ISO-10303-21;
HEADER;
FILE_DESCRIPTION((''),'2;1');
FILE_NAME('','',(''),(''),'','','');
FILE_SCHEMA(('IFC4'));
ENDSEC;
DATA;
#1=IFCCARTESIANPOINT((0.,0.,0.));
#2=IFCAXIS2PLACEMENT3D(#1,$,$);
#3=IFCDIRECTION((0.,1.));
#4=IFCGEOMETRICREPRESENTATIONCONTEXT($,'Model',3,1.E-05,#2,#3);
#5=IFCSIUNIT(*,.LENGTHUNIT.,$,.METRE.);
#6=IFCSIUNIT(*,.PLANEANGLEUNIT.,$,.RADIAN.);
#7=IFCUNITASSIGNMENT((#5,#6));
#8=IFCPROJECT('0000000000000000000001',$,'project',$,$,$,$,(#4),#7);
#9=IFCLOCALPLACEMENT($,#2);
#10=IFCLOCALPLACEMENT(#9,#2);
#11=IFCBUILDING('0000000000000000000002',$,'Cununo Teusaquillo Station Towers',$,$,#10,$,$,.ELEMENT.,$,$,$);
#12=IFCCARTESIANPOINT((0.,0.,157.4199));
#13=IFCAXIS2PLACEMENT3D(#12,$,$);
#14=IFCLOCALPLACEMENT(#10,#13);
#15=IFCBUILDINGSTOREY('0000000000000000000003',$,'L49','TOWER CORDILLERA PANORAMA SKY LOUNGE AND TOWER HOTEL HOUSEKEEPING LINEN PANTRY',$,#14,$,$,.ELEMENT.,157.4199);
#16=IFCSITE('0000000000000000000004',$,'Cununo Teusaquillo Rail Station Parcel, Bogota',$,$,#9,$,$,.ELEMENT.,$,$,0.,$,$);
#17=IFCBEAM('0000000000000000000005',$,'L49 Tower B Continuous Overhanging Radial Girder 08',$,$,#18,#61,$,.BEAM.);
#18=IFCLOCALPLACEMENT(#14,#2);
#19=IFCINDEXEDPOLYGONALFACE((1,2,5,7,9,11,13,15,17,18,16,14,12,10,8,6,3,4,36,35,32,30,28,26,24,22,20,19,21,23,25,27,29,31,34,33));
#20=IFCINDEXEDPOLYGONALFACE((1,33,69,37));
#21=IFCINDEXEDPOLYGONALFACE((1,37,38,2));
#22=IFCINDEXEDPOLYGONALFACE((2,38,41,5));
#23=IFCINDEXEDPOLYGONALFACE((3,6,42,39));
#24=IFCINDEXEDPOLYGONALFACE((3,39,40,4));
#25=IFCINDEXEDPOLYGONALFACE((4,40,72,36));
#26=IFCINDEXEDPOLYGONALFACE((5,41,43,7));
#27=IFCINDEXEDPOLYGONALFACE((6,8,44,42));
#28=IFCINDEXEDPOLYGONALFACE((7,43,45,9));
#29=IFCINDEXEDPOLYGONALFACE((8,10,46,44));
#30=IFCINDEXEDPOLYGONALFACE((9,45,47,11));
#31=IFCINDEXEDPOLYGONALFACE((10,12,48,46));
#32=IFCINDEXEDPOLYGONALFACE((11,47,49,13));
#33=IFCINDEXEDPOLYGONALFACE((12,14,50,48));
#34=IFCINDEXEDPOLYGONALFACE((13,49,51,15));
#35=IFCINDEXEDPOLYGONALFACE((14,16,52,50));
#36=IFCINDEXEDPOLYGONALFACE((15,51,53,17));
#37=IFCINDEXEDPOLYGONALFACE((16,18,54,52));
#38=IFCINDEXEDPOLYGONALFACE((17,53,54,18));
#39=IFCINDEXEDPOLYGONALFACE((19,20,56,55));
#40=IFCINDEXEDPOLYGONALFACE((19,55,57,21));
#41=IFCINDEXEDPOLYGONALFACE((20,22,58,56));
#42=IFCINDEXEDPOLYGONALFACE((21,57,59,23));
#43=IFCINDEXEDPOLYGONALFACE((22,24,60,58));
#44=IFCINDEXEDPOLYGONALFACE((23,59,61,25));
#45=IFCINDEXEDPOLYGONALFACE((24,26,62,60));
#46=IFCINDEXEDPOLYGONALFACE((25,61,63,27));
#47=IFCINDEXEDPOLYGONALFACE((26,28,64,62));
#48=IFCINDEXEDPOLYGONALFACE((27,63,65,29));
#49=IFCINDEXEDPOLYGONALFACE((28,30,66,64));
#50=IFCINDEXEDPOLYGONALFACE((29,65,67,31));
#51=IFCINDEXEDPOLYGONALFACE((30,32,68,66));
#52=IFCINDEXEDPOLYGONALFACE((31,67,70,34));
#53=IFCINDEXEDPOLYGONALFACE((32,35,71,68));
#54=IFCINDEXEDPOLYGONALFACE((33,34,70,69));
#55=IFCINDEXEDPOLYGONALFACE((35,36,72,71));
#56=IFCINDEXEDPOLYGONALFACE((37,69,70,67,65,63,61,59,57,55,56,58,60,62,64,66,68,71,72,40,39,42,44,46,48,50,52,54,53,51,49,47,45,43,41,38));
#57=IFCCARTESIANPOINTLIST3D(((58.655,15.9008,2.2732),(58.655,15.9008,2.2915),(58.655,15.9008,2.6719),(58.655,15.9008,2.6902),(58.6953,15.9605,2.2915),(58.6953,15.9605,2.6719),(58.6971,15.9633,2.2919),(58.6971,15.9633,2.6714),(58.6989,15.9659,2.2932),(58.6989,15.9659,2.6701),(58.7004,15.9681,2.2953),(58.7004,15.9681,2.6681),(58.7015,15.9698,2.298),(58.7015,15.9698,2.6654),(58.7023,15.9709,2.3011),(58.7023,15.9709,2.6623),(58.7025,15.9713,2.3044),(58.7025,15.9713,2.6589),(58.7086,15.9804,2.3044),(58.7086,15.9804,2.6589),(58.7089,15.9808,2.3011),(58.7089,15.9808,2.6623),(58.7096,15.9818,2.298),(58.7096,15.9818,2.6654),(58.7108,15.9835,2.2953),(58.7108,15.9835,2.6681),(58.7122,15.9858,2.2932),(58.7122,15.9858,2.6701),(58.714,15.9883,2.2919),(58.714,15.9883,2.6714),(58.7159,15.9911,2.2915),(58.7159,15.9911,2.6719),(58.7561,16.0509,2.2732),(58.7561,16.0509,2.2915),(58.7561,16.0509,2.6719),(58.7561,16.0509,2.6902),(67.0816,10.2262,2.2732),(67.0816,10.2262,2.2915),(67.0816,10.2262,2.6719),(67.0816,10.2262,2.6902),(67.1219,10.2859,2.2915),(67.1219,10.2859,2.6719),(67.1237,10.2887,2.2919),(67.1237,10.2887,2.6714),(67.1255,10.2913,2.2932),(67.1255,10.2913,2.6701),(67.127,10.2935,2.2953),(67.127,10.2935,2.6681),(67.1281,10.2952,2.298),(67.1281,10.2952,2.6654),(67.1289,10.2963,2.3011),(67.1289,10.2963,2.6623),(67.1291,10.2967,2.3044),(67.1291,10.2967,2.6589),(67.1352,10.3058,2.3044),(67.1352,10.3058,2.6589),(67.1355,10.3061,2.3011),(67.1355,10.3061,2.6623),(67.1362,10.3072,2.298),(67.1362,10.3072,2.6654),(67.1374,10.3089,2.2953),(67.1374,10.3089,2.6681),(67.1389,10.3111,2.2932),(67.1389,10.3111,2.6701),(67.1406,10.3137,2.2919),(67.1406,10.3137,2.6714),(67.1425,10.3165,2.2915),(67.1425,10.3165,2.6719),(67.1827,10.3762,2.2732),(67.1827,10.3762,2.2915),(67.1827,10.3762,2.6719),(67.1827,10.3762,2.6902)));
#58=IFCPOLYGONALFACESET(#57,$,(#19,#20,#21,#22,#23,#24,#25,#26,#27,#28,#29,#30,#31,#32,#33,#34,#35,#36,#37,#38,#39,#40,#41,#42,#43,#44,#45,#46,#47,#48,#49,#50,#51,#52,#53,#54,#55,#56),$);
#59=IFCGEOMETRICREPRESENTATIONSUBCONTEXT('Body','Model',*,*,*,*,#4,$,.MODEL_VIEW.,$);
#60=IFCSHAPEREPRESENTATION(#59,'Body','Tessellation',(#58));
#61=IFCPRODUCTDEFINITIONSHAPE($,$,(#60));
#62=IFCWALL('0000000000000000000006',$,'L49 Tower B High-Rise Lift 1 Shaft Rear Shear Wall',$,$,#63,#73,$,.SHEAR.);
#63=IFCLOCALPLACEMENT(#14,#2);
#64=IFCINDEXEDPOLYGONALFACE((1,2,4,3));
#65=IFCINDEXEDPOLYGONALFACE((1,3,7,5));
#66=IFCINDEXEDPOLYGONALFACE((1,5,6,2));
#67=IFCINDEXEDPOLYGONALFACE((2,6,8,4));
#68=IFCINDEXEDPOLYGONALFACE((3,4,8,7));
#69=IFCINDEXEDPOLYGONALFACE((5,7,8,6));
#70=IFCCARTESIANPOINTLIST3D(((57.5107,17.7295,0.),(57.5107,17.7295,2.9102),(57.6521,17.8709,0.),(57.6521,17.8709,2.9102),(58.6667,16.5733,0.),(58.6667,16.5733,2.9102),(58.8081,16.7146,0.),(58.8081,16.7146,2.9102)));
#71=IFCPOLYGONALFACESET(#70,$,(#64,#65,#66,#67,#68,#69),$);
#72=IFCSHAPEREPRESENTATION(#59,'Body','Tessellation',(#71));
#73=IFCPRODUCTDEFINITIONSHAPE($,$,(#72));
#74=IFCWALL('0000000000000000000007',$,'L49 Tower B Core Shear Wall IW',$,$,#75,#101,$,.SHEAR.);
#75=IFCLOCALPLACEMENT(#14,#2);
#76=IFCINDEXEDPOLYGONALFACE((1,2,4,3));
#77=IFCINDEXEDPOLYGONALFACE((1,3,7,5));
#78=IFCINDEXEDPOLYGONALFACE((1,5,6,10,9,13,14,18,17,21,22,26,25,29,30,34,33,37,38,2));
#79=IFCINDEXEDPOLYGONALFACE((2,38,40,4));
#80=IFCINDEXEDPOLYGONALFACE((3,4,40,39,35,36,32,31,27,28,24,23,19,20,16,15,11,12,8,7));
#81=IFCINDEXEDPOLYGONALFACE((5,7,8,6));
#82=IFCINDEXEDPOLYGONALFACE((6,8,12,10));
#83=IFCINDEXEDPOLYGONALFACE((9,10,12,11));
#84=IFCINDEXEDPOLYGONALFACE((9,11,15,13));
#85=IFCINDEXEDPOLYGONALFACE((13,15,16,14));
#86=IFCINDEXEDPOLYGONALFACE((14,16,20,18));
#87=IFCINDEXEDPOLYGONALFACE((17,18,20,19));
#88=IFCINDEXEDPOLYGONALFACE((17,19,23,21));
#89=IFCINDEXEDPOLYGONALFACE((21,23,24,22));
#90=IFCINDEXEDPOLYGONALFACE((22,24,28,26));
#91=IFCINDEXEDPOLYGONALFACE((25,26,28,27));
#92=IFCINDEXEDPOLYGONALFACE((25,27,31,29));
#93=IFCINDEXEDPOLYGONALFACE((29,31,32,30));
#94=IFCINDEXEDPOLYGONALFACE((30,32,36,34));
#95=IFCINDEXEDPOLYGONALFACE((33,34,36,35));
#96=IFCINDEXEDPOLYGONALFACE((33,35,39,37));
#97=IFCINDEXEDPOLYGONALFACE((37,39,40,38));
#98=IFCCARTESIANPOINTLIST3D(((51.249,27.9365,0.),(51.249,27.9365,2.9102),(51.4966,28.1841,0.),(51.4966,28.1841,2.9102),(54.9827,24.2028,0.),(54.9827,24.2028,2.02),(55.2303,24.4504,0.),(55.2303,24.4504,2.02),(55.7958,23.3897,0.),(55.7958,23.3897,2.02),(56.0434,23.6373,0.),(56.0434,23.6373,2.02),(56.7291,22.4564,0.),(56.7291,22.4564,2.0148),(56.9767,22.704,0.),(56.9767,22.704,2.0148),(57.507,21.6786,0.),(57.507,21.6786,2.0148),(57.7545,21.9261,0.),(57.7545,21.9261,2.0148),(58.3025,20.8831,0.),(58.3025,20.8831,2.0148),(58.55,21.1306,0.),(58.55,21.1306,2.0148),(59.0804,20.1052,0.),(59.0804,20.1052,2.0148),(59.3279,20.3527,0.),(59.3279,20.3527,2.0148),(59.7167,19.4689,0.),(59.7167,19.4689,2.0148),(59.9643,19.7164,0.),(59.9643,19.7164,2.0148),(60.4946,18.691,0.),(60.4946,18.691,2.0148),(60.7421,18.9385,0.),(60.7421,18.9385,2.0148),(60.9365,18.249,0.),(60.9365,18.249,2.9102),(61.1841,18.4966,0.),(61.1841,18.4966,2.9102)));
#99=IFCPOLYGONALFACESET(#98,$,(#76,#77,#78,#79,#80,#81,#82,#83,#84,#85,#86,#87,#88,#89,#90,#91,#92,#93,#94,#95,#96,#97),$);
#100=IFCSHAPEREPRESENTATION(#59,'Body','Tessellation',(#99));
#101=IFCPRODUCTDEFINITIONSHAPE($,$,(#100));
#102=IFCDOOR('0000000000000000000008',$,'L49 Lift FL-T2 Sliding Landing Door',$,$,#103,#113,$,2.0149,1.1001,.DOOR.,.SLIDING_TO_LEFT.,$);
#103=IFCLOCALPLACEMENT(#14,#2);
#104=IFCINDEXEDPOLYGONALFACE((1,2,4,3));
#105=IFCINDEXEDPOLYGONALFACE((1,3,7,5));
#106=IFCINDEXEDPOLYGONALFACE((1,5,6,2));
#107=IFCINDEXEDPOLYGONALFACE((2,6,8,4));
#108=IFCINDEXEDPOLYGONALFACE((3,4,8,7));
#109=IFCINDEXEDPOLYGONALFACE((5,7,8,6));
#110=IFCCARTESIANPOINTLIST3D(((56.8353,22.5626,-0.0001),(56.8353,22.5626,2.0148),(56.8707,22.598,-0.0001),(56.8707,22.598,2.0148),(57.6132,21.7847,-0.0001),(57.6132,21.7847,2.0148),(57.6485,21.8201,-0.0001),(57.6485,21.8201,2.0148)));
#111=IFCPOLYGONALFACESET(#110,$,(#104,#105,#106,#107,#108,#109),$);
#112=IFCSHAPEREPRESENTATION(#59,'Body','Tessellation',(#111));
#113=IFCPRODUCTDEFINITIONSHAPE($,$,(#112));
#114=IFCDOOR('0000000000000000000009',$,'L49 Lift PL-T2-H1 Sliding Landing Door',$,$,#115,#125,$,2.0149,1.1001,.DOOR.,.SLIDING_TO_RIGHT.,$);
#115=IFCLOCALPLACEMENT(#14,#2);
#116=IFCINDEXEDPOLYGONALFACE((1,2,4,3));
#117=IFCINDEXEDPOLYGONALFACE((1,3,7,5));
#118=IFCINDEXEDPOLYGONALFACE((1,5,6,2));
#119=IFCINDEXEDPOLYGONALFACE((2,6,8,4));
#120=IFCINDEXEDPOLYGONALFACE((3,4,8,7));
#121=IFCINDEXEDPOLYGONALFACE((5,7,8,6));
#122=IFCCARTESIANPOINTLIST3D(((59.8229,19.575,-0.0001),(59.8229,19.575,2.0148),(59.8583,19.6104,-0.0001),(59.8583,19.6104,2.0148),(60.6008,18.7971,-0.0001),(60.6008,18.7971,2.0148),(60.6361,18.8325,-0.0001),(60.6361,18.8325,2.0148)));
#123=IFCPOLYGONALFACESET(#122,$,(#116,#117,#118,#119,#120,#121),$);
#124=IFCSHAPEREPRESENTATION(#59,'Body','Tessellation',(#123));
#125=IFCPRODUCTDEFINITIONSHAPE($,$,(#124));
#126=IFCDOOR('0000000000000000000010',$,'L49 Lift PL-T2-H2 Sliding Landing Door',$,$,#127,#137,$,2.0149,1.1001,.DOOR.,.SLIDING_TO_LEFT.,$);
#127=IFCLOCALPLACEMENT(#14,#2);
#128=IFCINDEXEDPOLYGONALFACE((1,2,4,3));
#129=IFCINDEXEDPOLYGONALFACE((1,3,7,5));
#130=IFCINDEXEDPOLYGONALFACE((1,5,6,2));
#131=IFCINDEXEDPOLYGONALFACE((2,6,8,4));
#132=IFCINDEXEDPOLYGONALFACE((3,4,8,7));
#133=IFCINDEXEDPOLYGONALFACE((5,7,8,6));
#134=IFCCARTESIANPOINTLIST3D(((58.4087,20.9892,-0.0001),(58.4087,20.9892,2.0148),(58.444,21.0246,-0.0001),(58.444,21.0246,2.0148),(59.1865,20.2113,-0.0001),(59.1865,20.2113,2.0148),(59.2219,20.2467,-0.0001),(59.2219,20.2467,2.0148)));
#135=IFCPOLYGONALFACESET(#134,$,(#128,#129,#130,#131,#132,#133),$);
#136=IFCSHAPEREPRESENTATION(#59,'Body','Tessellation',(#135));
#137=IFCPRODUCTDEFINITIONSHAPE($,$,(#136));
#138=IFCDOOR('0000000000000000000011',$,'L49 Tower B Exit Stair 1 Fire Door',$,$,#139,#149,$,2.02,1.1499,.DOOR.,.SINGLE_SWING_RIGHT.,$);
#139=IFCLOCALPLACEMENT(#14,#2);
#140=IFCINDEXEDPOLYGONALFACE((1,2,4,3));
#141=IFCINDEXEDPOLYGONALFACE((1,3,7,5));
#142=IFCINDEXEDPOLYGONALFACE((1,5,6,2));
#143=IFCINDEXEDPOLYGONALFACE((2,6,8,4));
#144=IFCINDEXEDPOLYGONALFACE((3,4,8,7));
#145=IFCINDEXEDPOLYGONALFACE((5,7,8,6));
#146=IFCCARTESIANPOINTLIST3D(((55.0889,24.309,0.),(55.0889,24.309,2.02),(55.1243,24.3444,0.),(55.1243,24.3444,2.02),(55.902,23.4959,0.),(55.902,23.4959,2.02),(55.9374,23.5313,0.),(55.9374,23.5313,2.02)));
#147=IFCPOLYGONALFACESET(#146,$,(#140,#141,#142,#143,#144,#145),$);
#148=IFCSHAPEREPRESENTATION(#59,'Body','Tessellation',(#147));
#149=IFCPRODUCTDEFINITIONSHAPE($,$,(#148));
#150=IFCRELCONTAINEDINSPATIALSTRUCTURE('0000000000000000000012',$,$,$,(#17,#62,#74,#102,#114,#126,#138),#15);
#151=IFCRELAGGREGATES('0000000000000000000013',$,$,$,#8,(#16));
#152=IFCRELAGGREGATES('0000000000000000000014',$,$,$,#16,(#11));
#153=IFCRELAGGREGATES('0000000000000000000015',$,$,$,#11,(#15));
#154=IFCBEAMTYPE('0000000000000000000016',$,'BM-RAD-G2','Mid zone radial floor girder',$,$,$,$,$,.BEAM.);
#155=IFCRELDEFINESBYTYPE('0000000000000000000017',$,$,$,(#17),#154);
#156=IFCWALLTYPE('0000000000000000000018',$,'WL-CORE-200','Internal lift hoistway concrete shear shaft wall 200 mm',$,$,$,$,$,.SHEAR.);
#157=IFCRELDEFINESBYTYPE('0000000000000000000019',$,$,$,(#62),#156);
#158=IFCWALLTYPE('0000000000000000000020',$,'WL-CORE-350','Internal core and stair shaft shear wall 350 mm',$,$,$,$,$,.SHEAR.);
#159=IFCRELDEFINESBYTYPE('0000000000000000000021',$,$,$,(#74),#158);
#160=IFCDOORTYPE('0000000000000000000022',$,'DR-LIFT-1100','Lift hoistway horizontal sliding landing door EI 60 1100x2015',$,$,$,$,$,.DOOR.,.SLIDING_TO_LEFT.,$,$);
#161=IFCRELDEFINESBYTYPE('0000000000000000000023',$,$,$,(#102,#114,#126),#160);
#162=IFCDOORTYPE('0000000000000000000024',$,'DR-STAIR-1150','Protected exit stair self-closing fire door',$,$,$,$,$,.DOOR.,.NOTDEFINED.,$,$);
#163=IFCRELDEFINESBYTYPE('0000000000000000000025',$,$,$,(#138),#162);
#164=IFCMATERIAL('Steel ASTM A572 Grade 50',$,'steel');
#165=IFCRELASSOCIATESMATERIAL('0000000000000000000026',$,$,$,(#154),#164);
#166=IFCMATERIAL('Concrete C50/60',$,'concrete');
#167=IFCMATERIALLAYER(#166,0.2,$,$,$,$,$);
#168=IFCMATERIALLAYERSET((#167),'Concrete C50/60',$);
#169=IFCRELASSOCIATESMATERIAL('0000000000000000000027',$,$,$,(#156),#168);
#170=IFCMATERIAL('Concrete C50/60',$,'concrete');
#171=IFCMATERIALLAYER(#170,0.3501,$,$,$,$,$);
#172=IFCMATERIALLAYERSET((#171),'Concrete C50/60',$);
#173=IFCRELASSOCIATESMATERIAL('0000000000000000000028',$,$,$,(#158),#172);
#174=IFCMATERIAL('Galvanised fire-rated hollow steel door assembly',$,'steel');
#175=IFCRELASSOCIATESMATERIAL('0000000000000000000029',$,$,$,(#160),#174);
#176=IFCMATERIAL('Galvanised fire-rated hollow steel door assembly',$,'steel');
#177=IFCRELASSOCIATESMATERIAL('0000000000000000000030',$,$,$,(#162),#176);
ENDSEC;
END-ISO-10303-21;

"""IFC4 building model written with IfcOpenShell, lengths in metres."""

from ifc_helpers import new_model, si_unit, direction, frame, frame_2d, origin, origin_2d, place, context, subcontext, project, spatial, rectangle, i_section, extrude, source, transform, mapped, material, layer, layer_set, material_profile, profile_set, type_object, element, fill, save


model = new_model("IFC4")

# Units and contexts
model_context = context("Model", 3, precision=1e-05, world=origin(), true_north=direction((0.0, 1.0)))
body_context = subcontext(model_context, "Body", "Model", "MODEL_VIEW")
ifc_project = project(units=[si_unit("LENGTHUNIT", "METRE"), si_unit("PLANEANGLEUNIT", "RADIAN")], contexts=[model_context])

# Site, building, storey
site_placement = place(None, origin())
site = spatial("IfcSite", under=ifc_project, at=site_placement, Name="Cununo Teusaquillo Rail Station Parcel, Bogota", CompositionType="ELEMENT", RefElevation=0.0)
building_placement = place(site_placement, origin())
building = spatial("IfcBuilding", under=site, at=building_placement, Name="Cununo Teusaquillo Station Towers", CompositionType="ELEMENT")
storey_placement = place(building_placement, frame((0.0, 0.0, 157.4199)))
storey = spatial("IfcBuildingStorey", under=building, at=storey_placement, Name="L49", Description="TOWER CORDILLERA PANORAMA SKY LOUNGE AND TOWER HOTEL HOUSEKEEPING LINEN PANTRY", CompositionType="ELEMENT", Elevation=157.4199)

# Beam
ifc_material_1 = material(Name="Steel ASTM A572 Grade 50", Category="steel")
ifc_material_profile_1 = material_profile(ifc_material_1, i_section(OverallWidth=0.1809, OverallDepth=0.417, WebThickness=0.011, FlangeThickness=0.0183, FilletRadius=0.0129, at=origin_2d()), Name="W16X57")
ifc_profile_set_1 = profile_set([ifc_material_profile_1], Name="Steel ASTM A572 Grade 50")
beam_type_1 = type_object("IfcBeamType", Name="BM-RAD-G2", Description="Mid zone radial floor girder", PredefinedType="BEAM", material=ifc_profile_set_1)
beam_1_placement = place(storey_placement, frame((58.7056, 15.9758, 2.4817), z_axis=(0.829457, -0.558571, 0.0), x_axis=(0.558571, 0.829457, 0.0)))
element("IfcBeam", 1, at=beam_1_placement, inside=storey, type_object=beam_type_1, Name="L49 Tower B Continuous Overhanging Radial Girder 08", PredefinedType="BEAM", context=body_context, shape_type="SweptSolid", body=[
    extrude(i_section(OverallWidth=0.1809, OverallDepth=0.417, WebThickness=0.011, FlangeThickness=0.0183, FilletRadius=0.0129, at=origin_2d()), origin(), (0.0, 0.0, 1.0), 10.1592),
])

# Wall
ifc_material_2 = material(Name="Concrete C50/60", Category="concrete")
ifc_layer_1 = layer(ifc_material_2, 0.2)
ifc_layer_set_1 = layer_set([ifc_layer_1], Name="Concrete C50/60")
wall_type_1 = type_object("IfcWallType", Name="WL-CORE-200", Description="Internal lift hoistway concrete shear shaft wall 200 mm", PredefinedType="SHEAR", material=ifc_layer_set_1)
wall_1_placement = place(storey_placement, frame((58.7373, 16.644, 0.0), z_axis=(0.0, 0.0, 1.0), x_axis=(-0.707032, 0.707181, 0.0)))
element("IfcWall", 2, at=wall_1_placement, inside=storey, type_object=wall_type_1, Name="L49 Tower B High-Rise Lift 1 Shaft Rear Shear Wall", PredefinedType="SHEAR", context=body_context, shape_type="SweptSolid", body=[
    extrude(rectangle(XDim=1.635, YDim=0.2, at=frame_2d((0.8174, 0.0))), origin(), (0.0, 0.0, 1.0), 2.9102),
])

# Wall, openings, doors
ifc_material_3 = material(Name="Concrete C50/60", Category="concrete")
ifc_layer_2 = layer(ifc_material_3, 0.3501)
ifc_layer_set_2 = layer_set([ifc_layer_2], Name="Concrete C50/60")
wall_type_2 = type_object("IfcWallType", Name="WL-CORE-350", Description="Internal core and stair shaft shear wall 350 mm", PredefinedType="SHEAR", material=ifc_layer_set_2)
wall_2_placement = place(storey_placement, frame((61.0603, 18.3728, 0.0), z_axis=(0.0, 0.0, 1.0), x_axis=(-0.707107, 0.707107, 0.0)))
wall_2 = element("IfcWall", 3, at=wall_2_placement, inside=storey, type_object=wall_type_2, Name="L49 Tower B Core Shear Wall IW", PredefinedType="SHEAR", context=body_context, shape_type="SweptSolid", body=[
    extrude(rectangle(XDim=13.7002, YDim=0.3501, at=frame_2d((6.8501, 0.0))), origin(), (0.0, 0.0, 1.0), 2.9102),
])
shared_shape_1 = source(origin(), body_context, "Body", "SweptSolid", [
    extrude(rectangle(XDim=1.1001, YDim=2.0149, at=frame_2d((0.55, 1.0073))), frame((0.0, 0.1851, 0.0), z_axis=(0.0, -1.0, 0.0), x_axis=(1.0, 0.0, 0.0)), (0.0, 0.0, 1.0), 0.3701),
])
opening_1_placement = place(wall_2_placement, frame((4.8501, 0.0, 0.0)))
opening_1 = element("IfcOpeningElement", 4, at=opening_1_placement, cuts=wall_2, PredefinedType="OPENING", context=body_context, shape_type="MappedRepresentation", body=[
    mapped(shared_shape_1, transform((0.0, 0.0, 0.0), x_axis=(1.0, 0.0, 0.0), y_axis=(0.0, 1.0, 0.0), z_axis=(0.0, 0.0, 1.0), scale=1.0)),
])
opening_2_placement = place(wall_2_placement, frame((0.625, 0.0, 0.0)))
opening_2 = element("IfcOpeningElement", 5, at=opening_2_placement, cuts=wall_2, PredefinedType="OPENING", context=body_context, shape_type="MappedRepresentation", body=[
    mapped(shared_shape_1, transform((0.0, 0.0, 0.0), x_axis=(1.0, 0.0, 0.0), y_axis=(0.0, 1.0, 0.0), z_axis=(0.0, 0.0, 1.0), scale=1.0)),
])
opening_3_placement = place(wall_2_placement, frame((2.625, 0.0, 0.0)))
opening_3 = element("IfcOpeningElement", 6, at=opening_3_placement, cuts=wall_2, PredefinedType="OPENING", context=body_context, shape_type="MappedRepresentation", body=[
    mapped(shared_shape_1, transform((0.0, 0.0, 0.0), x_axis=(1.0, 0.0, 0.0), y_axis=(0.0, 1.0, 0.0), z_axis=(0.0, 0.0, 1.0), scale=1.0)),
])
shared_shape_2 = source(origin(), body_context, "Body", "SweptSolid", [
    extrude(rectangle(XDim=1.1499, YDim=2.02, at=frame_2d((0.575, 1.01))), frame((0.0, 0.1851, 0.0), z_axis=(0.0, -1.0, 0.0), x_axis=(1.0, 0.0, 0.0)), (0.0, 0.0, 1.0), 0.3701),
])
opening_4_placement = place(wall_2_placement, frame((7.27, 0.0, 0.0)))
opening_4 = element("IfcOpeningElement", 7, at=opening_4_placement, cuts=wall_2, PredefinedType="OPENING", context=body_context, shape_type="MappedRepresentation", body=[
    mapped(shared_shape_2, transform((0.0, 0.0, 0.0), x_axis=(1.0, 0.0, 0.0), y_axis=(0.0, 1.0, 0.0), z_axis=(0.0, 0.0, 1.0), scale=1.0)),
])
ifc_material_4 = material(Name="Galvanised fire-rated hollow steel door assembly", Category="steel")
door_type_1 = type_object("IfcDoorType", Name="DR-LIFT-1100", Description="Lift hoistway horizontal sliding landing door EI 60 1100x2015", OperationType="SLIDING_TO_LEFT", PredefinedType="DOOR", material=ifc_material_4)
shared_shape_3 = source(origin(), body_context, "Body", "SweptSolid", [
    extrude(rectangle(XDim=1.1001, YDim=2.0149, at=frame_2d((0.55, 1.0073))), frame((0.0, 0.0249, 0.0), z_axis=(0.0, -1.0, 0.0), x_axis=(1.0, 0.0, 0.0)), (0.0, 0.0, 1.0), 0.05),
])
door_1_placement = place(opening_1_placement, origin())
door_1 = element("IfcDoor", 8, at=door_1_placement, inside=storey, type_object=door_type_1, Name="L49 Lift FL-T2 Sliding Landing Door", OperationType="SLIDING_TO_LEFT", OverallHeight=2.0149, OverallWidth=1.1001, PredefinedType="DOOR", context=body_context, shape_type="MappedRepresentation", body=[
    mapped(shared_shape_3, transform((0.0, 0.0, 0.0), x_axis=(1.0, 0.0, 0.0), y_axis=(0.0, 1.0, 0.0), z_axis=(0.0, 0.0, 1.0), scale=1.0)),
])
fill(opening_1, door_1)
door_2_placement = place(opening_2_placement, origin())
door_2 = element("IfcDoor", 9, at=door_2_placement, inside=storey, type_object=door_type_1, Name="L49 Lift PL-T2-H1 Sliding Landing Door", OperationType="SLIDING_TO_RIGHT", OverallHeight=2.0149, OverallWidth=1.1001, PredefinedType="DOOR", context=body_context, shape_type="MappedRepresentation", body=[
    mapped(shared_shape_3, transform((0.0, 0.0, 0.0), x_axis=(1.0, 0.0, 0.0), y_axis=(0.0, 1.0, 0.0), z_axis=(0.0, 0.0, 1.0), scale=1.0)),
])
fill(opening_2, door_2)
door_3_placement = place(opening_3_placement, origin())
door_3 = element("IfcDoor", 10, at=door_3_placement, inside=storey, type_object=door_type_1, Name="L49 Lift PL-T2-H2 Sliding Landing Door", OperationType="SLIDING_TO_LEFT", OverallHeight=2.0149, OverallWidth=1.1001, PredefinedType="DOOR", context=body_context, shape_type="MappedRepresentation", body=[
    mapped(shared_shape_3, transform((0.0, 0.0, 0.0), x_axis=(1.0, 0.0, 0.0), y_axis=(0.0, 1.0, 0.0), z_axis=(0.0, 0.0, 1.0), scale=1.0)),
])
fill(opening_3, door_3)
ifc_material_5 = material(Name="Galvanised fire-rated hollow steel door assembly", Category="steel")
door_type_2 = type_object("IfcDoorType", Name="DR-STAIR-1150", Description="Protected exit stair self-closing fire door", OperationType="NOTDEFINED", PredefinedType="DOOR", material=ifc_material_5)
shared_shape_4 = source(origin(), body_context, "Body", "SweptSolid", [
    extrude(rectangle(XDim=1.1499, YDim=2.02, at=frame_2d((0.575, 1.01))), frame((0.0, 0.0249, 0.0), z_axis=(0.0, -1.0, 0.0), x_axis=(1.0, 0.0, 0.0)), (0.0, 0.0, 1.0), 0.05),
])
door_4_placement = place(opening_4_placement, origin())
door_4 = element("IfcDoor", 11, at=door_4_placement, inside=storey, type_object=door_type_2, Name="L49 Tower B Exit Stair 1 Fire Door", OperationType="SINGLE_SWING_RIGHT", OverallHeight=2.02, OverallWidth=1.1499, PredefinedType="DOOR", context=body_context, shape_type="MappedRepresentation", body=[
    mapped(shared_shape_4, transform((0.0, 0.0, 0.0), x_axis=(1.0, 0.0, 0.0), y_axis=(0.0, 1.0, 0.0), z_axis=(0.0, 0.0, 1.0), scale=1.0)),
])
fill(opening_4, door_4)

save(model, "model.ifc")
